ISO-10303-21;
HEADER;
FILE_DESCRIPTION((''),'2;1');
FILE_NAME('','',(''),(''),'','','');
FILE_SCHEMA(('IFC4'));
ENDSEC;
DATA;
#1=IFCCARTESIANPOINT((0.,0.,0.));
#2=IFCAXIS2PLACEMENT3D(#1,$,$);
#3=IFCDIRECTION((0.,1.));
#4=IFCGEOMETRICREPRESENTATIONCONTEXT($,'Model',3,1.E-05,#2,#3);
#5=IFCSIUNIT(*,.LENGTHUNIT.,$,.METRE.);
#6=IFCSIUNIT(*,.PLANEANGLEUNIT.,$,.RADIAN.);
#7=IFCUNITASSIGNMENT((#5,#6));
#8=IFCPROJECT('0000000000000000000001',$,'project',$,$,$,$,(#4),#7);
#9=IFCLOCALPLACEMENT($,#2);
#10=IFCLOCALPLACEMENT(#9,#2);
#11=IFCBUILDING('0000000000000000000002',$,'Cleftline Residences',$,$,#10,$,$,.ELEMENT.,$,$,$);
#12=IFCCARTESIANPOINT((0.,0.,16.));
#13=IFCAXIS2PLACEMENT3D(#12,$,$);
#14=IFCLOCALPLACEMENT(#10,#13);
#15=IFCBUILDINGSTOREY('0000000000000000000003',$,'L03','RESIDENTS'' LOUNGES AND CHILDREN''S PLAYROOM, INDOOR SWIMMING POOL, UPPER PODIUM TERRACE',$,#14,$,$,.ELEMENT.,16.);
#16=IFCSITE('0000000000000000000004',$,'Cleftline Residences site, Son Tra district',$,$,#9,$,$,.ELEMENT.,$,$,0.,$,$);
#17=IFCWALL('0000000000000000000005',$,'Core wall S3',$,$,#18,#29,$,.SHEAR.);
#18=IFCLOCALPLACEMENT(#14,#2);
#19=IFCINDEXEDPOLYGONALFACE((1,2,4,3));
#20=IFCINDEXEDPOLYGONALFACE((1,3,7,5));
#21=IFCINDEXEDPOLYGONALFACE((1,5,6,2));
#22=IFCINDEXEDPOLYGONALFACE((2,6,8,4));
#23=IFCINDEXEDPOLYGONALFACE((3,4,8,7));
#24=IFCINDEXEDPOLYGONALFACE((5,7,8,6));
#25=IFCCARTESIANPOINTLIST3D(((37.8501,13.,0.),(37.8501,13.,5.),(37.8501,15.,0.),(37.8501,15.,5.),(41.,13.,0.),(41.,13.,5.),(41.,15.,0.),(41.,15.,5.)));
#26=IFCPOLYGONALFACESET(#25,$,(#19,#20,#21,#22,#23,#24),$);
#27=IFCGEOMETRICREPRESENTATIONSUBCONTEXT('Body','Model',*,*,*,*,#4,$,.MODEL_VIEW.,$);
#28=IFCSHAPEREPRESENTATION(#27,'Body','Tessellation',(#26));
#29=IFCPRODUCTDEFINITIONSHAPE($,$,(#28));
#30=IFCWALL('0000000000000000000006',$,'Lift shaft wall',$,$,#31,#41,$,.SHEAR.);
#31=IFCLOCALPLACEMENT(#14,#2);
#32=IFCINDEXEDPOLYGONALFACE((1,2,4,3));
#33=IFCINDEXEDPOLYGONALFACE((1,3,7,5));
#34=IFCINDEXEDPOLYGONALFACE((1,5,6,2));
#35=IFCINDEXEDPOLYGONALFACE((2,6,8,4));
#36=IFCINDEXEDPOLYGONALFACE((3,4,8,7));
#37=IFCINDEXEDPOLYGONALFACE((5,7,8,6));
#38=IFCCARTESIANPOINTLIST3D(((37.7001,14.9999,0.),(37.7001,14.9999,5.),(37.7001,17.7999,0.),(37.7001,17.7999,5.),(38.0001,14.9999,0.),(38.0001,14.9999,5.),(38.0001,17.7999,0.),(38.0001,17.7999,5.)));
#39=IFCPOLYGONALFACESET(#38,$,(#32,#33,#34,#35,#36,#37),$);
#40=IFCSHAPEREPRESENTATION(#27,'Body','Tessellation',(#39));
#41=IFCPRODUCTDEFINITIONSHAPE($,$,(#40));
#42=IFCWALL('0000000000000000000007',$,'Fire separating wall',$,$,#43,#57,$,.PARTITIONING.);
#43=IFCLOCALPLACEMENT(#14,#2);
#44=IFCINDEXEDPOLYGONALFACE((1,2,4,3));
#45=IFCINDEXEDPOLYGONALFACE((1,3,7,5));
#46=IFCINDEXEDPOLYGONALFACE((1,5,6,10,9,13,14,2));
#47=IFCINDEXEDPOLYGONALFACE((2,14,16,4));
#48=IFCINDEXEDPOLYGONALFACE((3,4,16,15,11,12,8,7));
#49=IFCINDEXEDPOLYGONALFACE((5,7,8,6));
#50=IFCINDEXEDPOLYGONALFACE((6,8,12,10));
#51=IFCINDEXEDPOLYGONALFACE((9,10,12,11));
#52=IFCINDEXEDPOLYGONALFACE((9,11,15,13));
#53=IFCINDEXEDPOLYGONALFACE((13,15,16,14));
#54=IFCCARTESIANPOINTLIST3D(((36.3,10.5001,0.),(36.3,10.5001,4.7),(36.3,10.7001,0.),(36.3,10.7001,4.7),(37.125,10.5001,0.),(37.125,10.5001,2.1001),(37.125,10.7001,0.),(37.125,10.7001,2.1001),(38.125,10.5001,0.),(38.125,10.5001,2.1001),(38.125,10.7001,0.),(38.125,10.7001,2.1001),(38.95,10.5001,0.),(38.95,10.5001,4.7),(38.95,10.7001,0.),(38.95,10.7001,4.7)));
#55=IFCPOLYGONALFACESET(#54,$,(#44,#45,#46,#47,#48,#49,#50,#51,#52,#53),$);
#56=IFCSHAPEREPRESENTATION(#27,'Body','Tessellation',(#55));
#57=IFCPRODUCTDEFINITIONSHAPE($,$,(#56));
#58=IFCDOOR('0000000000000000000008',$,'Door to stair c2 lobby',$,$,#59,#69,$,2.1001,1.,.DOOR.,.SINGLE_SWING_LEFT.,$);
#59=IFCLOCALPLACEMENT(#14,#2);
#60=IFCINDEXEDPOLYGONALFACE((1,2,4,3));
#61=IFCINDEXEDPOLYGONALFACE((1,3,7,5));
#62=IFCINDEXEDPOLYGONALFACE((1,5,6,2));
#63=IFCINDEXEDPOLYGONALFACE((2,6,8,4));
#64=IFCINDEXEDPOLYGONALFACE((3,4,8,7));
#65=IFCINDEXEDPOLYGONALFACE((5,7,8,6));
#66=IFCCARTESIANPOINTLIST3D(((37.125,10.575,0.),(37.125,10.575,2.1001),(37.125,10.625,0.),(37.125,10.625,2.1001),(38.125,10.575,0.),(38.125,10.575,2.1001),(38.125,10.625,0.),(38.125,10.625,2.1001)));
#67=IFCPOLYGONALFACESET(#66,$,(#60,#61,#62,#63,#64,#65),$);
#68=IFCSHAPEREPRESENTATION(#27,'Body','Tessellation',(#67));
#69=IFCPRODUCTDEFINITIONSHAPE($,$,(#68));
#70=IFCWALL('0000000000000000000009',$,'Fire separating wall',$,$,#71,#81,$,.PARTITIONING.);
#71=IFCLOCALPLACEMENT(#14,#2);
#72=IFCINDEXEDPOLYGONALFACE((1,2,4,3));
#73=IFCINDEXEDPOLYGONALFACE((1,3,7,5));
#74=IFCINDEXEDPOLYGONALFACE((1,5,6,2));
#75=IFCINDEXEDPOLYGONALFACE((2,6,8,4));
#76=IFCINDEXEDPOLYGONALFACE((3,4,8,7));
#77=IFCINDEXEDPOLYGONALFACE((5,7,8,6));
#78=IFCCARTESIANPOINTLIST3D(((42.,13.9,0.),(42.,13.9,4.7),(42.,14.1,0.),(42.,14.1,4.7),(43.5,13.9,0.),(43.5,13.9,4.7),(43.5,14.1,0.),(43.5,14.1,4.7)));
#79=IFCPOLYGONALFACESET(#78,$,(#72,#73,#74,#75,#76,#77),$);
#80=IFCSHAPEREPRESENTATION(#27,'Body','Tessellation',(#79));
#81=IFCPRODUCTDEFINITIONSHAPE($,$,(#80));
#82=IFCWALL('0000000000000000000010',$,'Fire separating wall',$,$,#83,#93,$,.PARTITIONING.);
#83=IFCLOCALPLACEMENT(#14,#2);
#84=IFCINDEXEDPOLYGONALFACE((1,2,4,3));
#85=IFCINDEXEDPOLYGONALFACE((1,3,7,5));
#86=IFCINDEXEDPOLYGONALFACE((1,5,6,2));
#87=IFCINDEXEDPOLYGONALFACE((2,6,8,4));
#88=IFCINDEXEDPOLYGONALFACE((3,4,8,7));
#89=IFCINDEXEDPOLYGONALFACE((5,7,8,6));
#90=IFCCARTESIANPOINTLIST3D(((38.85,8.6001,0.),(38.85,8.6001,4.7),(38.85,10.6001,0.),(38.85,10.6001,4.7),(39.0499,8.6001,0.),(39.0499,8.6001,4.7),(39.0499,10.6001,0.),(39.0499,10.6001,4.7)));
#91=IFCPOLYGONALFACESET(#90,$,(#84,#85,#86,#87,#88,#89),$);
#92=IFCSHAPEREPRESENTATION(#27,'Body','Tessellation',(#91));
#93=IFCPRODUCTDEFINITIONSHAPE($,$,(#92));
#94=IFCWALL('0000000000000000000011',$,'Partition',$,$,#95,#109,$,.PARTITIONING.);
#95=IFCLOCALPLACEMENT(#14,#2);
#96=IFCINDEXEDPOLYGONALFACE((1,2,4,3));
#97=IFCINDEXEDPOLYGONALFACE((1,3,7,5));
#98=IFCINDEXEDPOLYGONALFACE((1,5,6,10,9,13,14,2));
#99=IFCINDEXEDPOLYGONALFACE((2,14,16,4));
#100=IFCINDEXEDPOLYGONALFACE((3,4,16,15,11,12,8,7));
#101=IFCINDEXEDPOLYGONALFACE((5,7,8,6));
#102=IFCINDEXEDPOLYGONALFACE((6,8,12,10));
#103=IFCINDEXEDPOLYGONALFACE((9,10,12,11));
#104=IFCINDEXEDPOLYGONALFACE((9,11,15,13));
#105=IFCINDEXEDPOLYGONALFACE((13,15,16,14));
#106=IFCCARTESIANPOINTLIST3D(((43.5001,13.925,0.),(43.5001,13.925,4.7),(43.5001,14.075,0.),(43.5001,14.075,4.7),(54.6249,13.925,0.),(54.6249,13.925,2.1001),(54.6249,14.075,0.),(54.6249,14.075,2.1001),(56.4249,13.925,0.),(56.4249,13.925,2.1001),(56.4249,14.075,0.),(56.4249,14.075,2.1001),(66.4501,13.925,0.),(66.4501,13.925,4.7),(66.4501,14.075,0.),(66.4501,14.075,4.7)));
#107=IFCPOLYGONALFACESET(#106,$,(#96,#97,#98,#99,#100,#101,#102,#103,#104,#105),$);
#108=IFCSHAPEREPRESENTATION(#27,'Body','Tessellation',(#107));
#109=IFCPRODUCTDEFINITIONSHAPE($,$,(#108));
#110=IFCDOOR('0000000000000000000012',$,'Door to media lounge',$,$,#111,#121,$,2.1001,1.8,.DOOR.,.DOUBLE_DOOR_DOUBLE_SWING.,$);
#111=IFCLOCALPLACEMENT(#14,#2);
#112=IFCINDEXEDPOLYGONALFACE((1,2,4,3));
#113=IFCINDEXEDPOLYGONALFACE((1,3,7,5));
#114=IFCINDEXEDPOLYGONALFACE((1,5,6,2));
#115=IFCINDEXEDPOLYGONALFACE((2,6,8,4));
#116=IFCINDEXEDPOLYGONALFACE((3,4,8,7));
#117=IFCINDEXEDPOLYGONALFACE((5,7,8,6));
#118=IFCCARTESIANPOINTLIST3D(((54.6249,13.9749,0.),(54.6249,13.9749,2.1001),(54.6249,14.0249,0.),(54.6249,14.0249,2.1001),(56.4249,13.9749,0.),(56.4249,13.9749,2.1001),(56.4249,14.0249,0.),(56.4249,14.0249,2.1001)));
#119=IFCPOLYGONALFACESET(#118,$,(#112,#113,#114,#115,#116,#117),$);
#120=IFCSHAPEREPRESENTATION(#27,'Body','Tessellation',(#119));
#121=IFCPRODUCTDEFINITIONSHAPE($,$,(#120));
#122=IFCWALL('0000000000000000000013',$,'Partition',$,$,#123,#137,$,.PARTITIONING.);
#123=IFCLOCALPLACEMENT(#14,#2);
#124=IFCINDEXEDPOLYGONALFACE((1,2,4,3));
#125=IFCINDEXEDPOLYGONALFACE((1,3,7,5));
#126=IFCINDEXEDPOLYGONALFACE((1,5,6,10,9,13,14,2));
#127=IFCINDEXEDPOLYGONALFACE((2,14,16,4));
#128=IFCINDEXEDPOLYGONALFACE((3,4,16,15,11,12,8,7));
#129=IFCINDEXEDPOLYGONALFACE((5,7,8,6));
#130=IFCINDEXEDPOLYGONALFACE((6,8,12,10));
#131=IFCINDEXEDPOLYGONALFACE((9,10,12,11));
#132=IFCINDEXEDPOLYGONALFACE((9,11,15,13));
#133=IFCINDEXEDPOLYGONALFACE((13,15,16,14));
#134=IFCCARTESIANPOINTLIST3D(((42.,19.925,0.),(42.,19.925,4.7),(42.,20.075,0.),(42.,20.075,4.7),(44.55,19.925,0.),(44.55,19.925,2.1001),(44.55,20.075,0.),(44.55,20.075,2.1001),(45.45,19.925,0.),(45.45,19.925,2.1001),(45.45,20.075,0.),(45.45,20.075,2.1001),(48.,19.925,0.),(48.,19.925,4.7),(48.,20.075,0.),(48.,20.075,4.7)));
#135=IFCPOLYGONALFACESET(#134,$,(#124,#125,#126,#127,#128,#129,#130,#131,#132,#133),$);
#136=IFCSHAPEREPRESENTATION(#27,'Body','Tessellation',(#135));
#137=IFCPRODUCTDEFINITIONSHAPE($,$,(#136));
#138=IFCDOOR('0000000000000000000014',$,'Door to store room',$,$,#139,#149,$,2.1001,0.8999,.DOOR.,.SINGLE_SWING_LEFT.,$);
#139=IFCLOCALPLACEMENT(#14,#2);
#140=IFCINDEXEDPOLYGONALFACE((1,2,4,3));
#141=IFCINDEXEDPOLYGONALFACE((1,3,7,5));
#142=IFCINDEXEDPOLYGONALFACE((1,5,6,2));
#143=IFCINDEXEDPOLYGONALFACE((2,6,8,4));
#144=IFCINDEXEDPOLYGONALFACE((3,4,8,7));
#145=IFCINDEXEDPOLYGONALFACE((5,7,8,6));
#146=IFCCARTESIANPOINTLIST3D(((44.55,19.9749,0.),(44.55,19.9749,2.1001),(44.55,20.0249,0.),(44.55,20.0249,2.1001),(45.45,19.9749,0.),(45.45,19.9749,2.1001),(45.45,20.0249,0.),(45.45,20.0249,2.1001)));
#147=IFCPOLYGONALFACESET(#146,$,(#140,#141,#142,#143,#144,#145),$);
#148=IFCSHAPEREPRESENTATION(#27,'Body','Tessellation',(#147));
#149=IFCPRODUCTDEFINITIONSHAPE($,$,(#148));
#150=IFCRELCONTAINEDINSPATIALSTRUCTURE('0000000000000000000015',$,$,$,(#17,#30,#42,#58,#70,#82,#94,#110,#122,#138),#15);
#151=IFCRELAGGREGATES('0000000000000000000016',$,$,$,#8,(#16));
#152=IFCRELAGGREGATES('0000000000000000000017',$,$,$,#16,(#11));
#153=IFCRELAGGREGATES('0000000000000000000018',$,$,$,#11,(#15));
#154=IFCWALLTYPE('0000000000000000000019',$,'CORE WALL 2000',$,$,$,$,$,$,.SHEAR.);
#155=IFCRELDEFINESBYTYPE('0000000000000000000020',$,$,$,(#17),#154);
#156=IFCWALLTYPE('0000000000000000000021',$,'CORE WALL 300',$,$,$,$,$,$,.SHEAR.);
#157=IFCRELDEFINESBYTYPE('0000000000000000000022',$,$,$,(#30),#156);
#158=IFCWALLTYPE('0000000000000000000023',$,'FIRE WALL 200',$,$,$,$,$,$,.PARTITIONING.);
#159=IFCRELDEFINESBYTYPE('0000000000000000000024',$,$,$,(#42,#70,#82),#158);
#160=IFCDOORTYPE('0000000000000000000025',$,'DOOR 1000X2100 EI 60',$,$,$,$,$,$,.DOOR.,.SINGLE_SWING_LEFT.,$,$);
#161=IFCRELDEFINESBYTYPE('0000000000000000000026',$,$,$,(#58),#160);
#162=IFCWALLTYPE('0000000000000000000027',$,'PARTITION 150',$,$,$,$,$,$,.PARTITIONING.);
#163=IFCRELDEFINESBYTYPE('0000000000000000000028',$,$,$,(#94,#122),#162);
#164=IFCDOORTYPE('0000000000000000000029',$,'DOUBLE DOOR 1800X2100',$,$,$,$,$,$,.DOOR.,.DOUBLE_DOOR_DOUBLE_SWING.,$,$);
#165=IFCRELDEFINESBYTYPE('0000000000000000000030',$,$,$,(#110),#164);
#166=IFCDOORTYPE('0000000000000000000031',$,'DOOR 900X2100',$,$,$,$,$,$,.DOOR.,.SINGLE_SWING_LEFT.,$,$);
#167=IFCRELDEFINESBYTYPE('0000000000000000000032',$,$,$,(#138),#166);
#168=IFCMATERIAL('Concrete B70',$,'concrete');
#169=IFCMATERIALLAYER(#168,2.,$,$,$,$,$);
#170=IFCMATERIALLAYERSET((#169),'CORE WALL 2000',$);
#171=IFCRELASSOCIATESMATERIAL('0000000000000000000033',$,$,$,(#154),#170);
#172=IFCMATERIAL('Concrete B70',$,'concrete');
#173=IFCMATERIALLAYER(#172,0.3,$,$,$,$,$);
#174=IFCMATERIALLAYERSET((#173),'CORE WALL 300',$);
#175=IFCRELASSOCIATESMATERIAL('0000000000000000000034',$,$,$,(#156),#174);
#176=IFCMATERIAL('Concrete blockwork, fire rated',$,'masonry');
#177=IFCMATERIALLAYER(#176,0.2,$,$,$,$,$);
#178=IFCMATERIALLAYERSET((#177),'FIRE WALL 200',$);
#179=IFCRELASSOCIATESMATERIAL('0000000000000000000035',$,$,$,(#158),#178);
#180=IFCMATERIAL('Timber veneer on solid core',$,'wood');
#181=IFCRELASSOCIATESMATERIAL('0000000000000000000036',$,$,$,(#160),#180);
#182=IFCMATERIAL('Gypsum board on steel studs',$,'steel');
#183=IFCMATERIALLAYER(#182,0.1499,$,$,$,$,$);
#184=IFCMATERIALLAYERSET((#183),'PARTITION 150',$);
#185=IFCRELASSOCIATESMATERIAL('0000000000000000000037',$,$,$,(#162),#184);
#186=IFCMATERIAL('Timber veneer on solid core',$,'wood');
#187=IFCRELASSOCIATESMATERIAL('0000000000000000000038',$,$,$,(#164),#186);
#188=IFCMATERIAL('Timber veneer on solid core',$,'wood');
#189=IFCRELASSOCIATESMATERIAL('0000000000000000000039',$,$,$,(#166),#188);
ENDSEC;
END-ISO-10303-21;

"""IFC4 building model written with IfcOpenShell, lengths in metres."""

from ifc_helpers import new_model, si_unit, direction, frame, frame_2d, origin, place, context, subcontext, project, spatial, rectangle, extrude, material, layer, layer_set, type_object, element, fill, save


model = new_model("IFC4")

# Units and contexts
model_context = context("Model", 3, precision=1e-05, world=origin(), true_north=direction((0.0, 1.0)))
body_context = subcontext(model_context, "Body", "Model", "MODEL_VIEW")
ifc_project = project(units=[si_unit("LENGTHUNIT", "METRE"), si_unit("PLANEANGLEUNIT", "RADIAN")], contexts=[model_context])

# Site, building, storey
site_placement = place(None, origin())
site = spatial("IfcSite", under=ifc_project, at=site_placement, Name="Cleftline Residences site, Son Tra district", CompositionType="ELEMENT", RefElevation=0.0)
building_placement = place(site_placement, origin())
building = spatial("IfcBuilding", under=site, at=building_placement, Name="Cleftline Residences", CompositionType="ELEMENT")
storey_placement = place(building_placement, frame((0.0, 0.0, 16.0)))
storey = spatial("IfcBuildingStorey", under=building, at=storey_placement, Name="L03", Description="RESIDENTS' LOUNGES AND CHILDREN'S PLAYROOM, INDOOR SWIMMING POOL, UPPER PODIUM TERRACE", CompositionType="ELEMENT", Elevation=16.0)

# Walls
ifc_material_1 = material(Name="Concrete B70", Category="concrete")
ifc_layer_1 = layer(ifc_material_1, 2.0)
ifc_layer_set_1 = layer_set([ifc_layer_1], Name="CORE WALL 2000")
wall_type_1 = type_object("IfcWallType", Name="CORE WALL 2000", PredefinedType="SHEAR", material=ifc_layer_set_1)
wall_1_placement = place(storey_placement, frame((37.8501, 14.0, 0.0), z_axis=(0.0, 0.0, 1.0), x_axis=(1.0, 0.0, 0.0)))
element("IfcWall", 1, at=wall_1_placement, inside=storey, type_object=wall_type_1, Name="Core wall S3", PredefinedType="SHEAR", context=body_context, shape_type="SweptSolid", body=[
    extrude(rectangle(XDim=3.1499, YDim=2.0, at=frame_2d((1.575, 0.0))), origin(), (0.0, 0.0, 1.0), 5.0),
])
ifc_material_2 = material(Name="Concrete B70", Category="concrete")
ifc_layer_2 = layer(ifc_material_2, 0.3)
ifc_layer_set_2 = layer_set([ifc_layer_2], Name="CORE WALL 300")
wall_type_2 = type_object("IfcWallType", Name="CORE WALL 300", PredefinedType="SHEAR", material=ifc_layer_set_2)
wall_2_placement = place(storey_placement, frame((37.8501, 15.0, 0.0), z_axis=(0.0, 0.0, 1.0), x_axis=(0.0, 1.0, 0.0)))
element("IfcWall", 2, at=wall_2_placement, inside=storey, type_object=wall_type_2, Name="Lift shaft wall", PredefinedType="SHEAR", context=body_context, shape_type="SweptSolid", body=[
    extrude(rectangle(XDim=2.8, YDim=0.3, at=frame_2d((1.3999, 0.0))), origin(), (0.0, 0.0, 1.0), 5.0),
])

# Wall, opening, door
ifc_material_3 = material(Name="Concrete blockwork, fire rated", Category="masonry")
ifc_layer_3 = layer(ifc_material_3, 0.2)
ifc_layer_set_3 = layer_set([ifc_layer_3], Name="FIRE WALL 200")
wall_type_3 = type_object("IfcWallType", Name="FIRE WALL 200", PredefinedType="PARTITIONING", material=ifc_layer_set_3)
wall_3_placement = place(storey_placement, frame((36.3, 10.6001, 0.0), z_axis=(0.0, 0.0, 1.0), x_axis=(1.0, 0.0, 0.0)))
wall_3 = element("IfcWall", 3, at=wall_3_placement, inside=storey, type_object=wall_type_3, Name="Fire separating wall", PredefinedType="PARTITIONING", context=body_context, shape_type="SweptSolid", body=[
    extrude(rectangle(XDim=2.6499, YDim=0.2, at=frame_2d((1.325, 0.0))), origin(), (0.0, 0.0, 1.0), 4.7),
])
opening_1_placement = place(wall_3_placement, frame((0.825, 0.0, 0.0)))
opening_1 = element("IfcOpeningElement", 4, at=opening_1_placement, cuts=wall_3, PredefinedType="OPENING", context=body_context, shape_type="SweptSolid", body=[
    extrude(rectangle(XDim=1.0, YDim=2.1001, at=frame_2d((0.5, 1.05))), frame((0.0, 0.1099, 0.0), z_axis=(0.0, -1.0, 0.0), x_axis=(1.0, 0.0, 0.0)), (0.0, 0.0, 1.0), 0.22),
])
ifc_material_4 = material(Name="Timber veneer on solid core", Category="wood")
door_type_1 = type_object("IfcDoorType", Name="DOOR 1000X2100 EI 60", OperationType="SINGLE_SWING_LEFT", PredefinedType="DOOR", material=ifc_material_4)
door_1_placement = place(opening_1_placement, origin())
door_1 = element("IfcDoor", 5, at=door_1_placement, inside=storey, type_object=door_type_1, Name="Door to stair c2 lobby", OperationType="SINGLE_SWING_LEFT", OverallHeight=2.1001, OverallWidth=1.0, PredefinedType="DOOR", context=body_context, shape_type="SweptSolid", body=[
    extrude(rectangle(XDim=1.0, YDim=2.1001, at=frame_2d((0.5, 1.05))), frame((0.0, 0.0249, 0.0), z_axis=(0.0, -1.0, 0.0), x_axis=(1.0, 0.0, 0.0)), (0.0, 0.0, 1.0), 0.05),
])
fill(opening_1, door_1)

# Walls
wall_4_placement = place(storey_placement, frame((42.0, 14.0, 0.0), z_axis=(0.0, 0.0, 1.0), x_axis=(1.0, 0.0, 0.0)))
element("IfcWall", 6, at=wall_4_placement, inside=storey, type_object=wall_type_3, Name="Fire separating wall", PredefinedType="PARTITIONING", context=body_context, shape_type="SweptSolid", body=[
    extrude(rectangle(XDim=1.5, YDim=0.2, at=frame_2d((0.75, 0.0))), origin(), (0.0, 0.0, 1.0), 4.7),
])
wall_5_placement = place(storey_placement, frame((38.95, 8.6001, 0.0), z_axis=(0.0, 0.0, 1.0), x_axis=(0.0, 1.0, 0.0)))
element("IfcWall", 7, at=wall_5_placement, inside=storey, type_object=wall_type_3, Name="Fire separating wall", PredefinedType="PARTITIONING", context=body_context, shape_type="SweptSolid", body=[
    extrude(rectangle(XDim=2.0, YDim=0.2, at=frame_2d((1.0, 0.0))), origin(), (0.0, 0.0, 1.0), 4.7),
])

# Walls, openings, doors
ifc_material_5 = material(Name="Gypsum board on steel studs", Category="steel")
ifc_layer_4 = layer(ifc_material_5, 0.1499)
ifc_layer_set_4 = layer_set([ifc_layer_4], Name="PARTITION 150")
wall_type_4 = type_object("IfcWallType", Name="PARTITION 150", PredefinedType="PARTITIONING", material=ifc_layer_set_4)
wall_6_placement = place(storey_placement, frame((43.5, 14.0, 0.0), z_axis=(0.0, 0.0, 1.0), x_axis=(1.0, 0.0, 0.0)))
wall_6 = element("IfcWall", 8, at=wall_6_placement, inside=storey, type_object=wall_type_4, Name="Partition", PredefinedType="PARTITIONING", context=body_context, shape_type="SweptSolid", body=[
    extrude(rectangle(XDim=22.95, YDim=0.1499, at=frame_2d((11.4751, 0.0))), origin(), (0.0, 0.0, 1.0), 4.7),
])
opening_2_placement = place(wall_6_placement, frame((11.125, 0.0, 0.0)))
opening_2 = element("IfcOpeningElement", 9, at=opening_2_placement, cuts=wall_6, PredefinedType="OPENING", context=body_context, shape_type="SweptSolid", body=[
    extrude(rectangle(XDim=1.8, YDim=2.1001, at=frame_2d((0.8999, 1.05))), frame((0.0, 0.085, 0.0), z_axis=(0.0, -1.0, 0.0), x_axis=(1.0, 0.0, 0.0)), (0.0, 0.0, 1.0), 0.1699),
])
ifc_material_6 = material(Name="Timber veneer on solid core", Category="wood")
door_type_2 = type_object("IfcDoorType", Name="DOUBLE DOOR 1800X2100", OperationType="DOUBLE_DOOR_DOUBLE_SWING", PredefinedType="DOOR", material=ifc_material_6)
door_2_placement = place(opening_2_placement, origin())
door_2 = element("IfcDoor", 10, at=door_2_placement, inside=storey, type_object=door_type_2, Name="Door to media lounge", OperationType="DOUBLE_DOOR_DOUBLE_SWING", OverallHeight=2.1001, OverallWidth=1.8, PredefinedType="DOOR", context=body_context, shape_type="SweptSolid", body=[
    extrude(rectangle(XDim=1.8, YDim=2.1001, at=frame_2d((0.8999, 1.05))), frame((0.0, 0.0249, 0.0), z_axis=(0.0, -1.0, 0.0), x_axis=(1.0, 0.0, 0.0)), (0.0, 0.0, 1.0), 0.05),
])
fill(opening_2, door_2)
wall_7_placement = place(storey_placement, frame((42.0, 20.0, 0.0), z_axis=(0.0, 0.0, 1.0), x_axis=(1.0, 0.0, 0.0)))
wall_7 = element("IfcWall", 11, at=wall_7_placement, inside=storey, type_object=wall_type_4, Name="Partition", PredefinedType="PARTITIONING", context=body_context, shape_type="SweptSolid", body=[
    extrude(rectangle(XDim=6.0, YDim=0.1499, at=frame_2d((3.0, 0.0))), origin(), (0.0, 0.0, 1.0), 4.7),
])
opening_3_placement = place(wall_7_placement, frame((2.55, 0.0, 0.0)))
opening_3 = element("IfcOpeningElement", 12, at=opening_3_placement, cuts=wall_7, PredefinedType="OPENING", context=body_context, shape_type="SweptSolid", body=[
    extrude(rectangle(XDim=0.8999, YDim=2.1001, at=frame_2d((0.45, 1.05))), frame((0.0, 0.085, 0.0), z_axis=(0.0, -1.0, 0.0), x_axis=(1.0, 0.0, 0.0)), (0.0, 0.0, 1.0), 0.1699),
])
ifc_material_7 = material(Name="Timber veneer on solid core", Category="wood")
door_type_3 = type_object("IfcDoorType", Name="DOOR 900X2100", OperationType="SINGLE_SWING_LEFT", PredefinedType="DOOR", material=ifc_material_7)
door_3_placement = place(opening_3_placement, origin())
door_3 = element("IfcDoor", 13, at=door_3_placement, inside=storey, type_object=door_type_3, Name="Door to store room", OperationType="SINGLE_SWING_LEFT", OverallHeight=2.1001, OverallWidth=0.8999, PredefinedType="DOOR", context=body_context, shape_type="SweptSolid", body=[
    extrude(rectangle(XDim=0.8999, YDim=2.1001, at=frame_2d((0.45, 1.05))), frame((0.0, 0.0249, 0.0), z_axis=(0.0, -1.0, 0.0), x_axis=(1.0, 0.0, 0.0)), (0.0, 0.0, 1.0), 0.05),
])
fill(opening_3, door_3)

save(model, "model.ifc")
